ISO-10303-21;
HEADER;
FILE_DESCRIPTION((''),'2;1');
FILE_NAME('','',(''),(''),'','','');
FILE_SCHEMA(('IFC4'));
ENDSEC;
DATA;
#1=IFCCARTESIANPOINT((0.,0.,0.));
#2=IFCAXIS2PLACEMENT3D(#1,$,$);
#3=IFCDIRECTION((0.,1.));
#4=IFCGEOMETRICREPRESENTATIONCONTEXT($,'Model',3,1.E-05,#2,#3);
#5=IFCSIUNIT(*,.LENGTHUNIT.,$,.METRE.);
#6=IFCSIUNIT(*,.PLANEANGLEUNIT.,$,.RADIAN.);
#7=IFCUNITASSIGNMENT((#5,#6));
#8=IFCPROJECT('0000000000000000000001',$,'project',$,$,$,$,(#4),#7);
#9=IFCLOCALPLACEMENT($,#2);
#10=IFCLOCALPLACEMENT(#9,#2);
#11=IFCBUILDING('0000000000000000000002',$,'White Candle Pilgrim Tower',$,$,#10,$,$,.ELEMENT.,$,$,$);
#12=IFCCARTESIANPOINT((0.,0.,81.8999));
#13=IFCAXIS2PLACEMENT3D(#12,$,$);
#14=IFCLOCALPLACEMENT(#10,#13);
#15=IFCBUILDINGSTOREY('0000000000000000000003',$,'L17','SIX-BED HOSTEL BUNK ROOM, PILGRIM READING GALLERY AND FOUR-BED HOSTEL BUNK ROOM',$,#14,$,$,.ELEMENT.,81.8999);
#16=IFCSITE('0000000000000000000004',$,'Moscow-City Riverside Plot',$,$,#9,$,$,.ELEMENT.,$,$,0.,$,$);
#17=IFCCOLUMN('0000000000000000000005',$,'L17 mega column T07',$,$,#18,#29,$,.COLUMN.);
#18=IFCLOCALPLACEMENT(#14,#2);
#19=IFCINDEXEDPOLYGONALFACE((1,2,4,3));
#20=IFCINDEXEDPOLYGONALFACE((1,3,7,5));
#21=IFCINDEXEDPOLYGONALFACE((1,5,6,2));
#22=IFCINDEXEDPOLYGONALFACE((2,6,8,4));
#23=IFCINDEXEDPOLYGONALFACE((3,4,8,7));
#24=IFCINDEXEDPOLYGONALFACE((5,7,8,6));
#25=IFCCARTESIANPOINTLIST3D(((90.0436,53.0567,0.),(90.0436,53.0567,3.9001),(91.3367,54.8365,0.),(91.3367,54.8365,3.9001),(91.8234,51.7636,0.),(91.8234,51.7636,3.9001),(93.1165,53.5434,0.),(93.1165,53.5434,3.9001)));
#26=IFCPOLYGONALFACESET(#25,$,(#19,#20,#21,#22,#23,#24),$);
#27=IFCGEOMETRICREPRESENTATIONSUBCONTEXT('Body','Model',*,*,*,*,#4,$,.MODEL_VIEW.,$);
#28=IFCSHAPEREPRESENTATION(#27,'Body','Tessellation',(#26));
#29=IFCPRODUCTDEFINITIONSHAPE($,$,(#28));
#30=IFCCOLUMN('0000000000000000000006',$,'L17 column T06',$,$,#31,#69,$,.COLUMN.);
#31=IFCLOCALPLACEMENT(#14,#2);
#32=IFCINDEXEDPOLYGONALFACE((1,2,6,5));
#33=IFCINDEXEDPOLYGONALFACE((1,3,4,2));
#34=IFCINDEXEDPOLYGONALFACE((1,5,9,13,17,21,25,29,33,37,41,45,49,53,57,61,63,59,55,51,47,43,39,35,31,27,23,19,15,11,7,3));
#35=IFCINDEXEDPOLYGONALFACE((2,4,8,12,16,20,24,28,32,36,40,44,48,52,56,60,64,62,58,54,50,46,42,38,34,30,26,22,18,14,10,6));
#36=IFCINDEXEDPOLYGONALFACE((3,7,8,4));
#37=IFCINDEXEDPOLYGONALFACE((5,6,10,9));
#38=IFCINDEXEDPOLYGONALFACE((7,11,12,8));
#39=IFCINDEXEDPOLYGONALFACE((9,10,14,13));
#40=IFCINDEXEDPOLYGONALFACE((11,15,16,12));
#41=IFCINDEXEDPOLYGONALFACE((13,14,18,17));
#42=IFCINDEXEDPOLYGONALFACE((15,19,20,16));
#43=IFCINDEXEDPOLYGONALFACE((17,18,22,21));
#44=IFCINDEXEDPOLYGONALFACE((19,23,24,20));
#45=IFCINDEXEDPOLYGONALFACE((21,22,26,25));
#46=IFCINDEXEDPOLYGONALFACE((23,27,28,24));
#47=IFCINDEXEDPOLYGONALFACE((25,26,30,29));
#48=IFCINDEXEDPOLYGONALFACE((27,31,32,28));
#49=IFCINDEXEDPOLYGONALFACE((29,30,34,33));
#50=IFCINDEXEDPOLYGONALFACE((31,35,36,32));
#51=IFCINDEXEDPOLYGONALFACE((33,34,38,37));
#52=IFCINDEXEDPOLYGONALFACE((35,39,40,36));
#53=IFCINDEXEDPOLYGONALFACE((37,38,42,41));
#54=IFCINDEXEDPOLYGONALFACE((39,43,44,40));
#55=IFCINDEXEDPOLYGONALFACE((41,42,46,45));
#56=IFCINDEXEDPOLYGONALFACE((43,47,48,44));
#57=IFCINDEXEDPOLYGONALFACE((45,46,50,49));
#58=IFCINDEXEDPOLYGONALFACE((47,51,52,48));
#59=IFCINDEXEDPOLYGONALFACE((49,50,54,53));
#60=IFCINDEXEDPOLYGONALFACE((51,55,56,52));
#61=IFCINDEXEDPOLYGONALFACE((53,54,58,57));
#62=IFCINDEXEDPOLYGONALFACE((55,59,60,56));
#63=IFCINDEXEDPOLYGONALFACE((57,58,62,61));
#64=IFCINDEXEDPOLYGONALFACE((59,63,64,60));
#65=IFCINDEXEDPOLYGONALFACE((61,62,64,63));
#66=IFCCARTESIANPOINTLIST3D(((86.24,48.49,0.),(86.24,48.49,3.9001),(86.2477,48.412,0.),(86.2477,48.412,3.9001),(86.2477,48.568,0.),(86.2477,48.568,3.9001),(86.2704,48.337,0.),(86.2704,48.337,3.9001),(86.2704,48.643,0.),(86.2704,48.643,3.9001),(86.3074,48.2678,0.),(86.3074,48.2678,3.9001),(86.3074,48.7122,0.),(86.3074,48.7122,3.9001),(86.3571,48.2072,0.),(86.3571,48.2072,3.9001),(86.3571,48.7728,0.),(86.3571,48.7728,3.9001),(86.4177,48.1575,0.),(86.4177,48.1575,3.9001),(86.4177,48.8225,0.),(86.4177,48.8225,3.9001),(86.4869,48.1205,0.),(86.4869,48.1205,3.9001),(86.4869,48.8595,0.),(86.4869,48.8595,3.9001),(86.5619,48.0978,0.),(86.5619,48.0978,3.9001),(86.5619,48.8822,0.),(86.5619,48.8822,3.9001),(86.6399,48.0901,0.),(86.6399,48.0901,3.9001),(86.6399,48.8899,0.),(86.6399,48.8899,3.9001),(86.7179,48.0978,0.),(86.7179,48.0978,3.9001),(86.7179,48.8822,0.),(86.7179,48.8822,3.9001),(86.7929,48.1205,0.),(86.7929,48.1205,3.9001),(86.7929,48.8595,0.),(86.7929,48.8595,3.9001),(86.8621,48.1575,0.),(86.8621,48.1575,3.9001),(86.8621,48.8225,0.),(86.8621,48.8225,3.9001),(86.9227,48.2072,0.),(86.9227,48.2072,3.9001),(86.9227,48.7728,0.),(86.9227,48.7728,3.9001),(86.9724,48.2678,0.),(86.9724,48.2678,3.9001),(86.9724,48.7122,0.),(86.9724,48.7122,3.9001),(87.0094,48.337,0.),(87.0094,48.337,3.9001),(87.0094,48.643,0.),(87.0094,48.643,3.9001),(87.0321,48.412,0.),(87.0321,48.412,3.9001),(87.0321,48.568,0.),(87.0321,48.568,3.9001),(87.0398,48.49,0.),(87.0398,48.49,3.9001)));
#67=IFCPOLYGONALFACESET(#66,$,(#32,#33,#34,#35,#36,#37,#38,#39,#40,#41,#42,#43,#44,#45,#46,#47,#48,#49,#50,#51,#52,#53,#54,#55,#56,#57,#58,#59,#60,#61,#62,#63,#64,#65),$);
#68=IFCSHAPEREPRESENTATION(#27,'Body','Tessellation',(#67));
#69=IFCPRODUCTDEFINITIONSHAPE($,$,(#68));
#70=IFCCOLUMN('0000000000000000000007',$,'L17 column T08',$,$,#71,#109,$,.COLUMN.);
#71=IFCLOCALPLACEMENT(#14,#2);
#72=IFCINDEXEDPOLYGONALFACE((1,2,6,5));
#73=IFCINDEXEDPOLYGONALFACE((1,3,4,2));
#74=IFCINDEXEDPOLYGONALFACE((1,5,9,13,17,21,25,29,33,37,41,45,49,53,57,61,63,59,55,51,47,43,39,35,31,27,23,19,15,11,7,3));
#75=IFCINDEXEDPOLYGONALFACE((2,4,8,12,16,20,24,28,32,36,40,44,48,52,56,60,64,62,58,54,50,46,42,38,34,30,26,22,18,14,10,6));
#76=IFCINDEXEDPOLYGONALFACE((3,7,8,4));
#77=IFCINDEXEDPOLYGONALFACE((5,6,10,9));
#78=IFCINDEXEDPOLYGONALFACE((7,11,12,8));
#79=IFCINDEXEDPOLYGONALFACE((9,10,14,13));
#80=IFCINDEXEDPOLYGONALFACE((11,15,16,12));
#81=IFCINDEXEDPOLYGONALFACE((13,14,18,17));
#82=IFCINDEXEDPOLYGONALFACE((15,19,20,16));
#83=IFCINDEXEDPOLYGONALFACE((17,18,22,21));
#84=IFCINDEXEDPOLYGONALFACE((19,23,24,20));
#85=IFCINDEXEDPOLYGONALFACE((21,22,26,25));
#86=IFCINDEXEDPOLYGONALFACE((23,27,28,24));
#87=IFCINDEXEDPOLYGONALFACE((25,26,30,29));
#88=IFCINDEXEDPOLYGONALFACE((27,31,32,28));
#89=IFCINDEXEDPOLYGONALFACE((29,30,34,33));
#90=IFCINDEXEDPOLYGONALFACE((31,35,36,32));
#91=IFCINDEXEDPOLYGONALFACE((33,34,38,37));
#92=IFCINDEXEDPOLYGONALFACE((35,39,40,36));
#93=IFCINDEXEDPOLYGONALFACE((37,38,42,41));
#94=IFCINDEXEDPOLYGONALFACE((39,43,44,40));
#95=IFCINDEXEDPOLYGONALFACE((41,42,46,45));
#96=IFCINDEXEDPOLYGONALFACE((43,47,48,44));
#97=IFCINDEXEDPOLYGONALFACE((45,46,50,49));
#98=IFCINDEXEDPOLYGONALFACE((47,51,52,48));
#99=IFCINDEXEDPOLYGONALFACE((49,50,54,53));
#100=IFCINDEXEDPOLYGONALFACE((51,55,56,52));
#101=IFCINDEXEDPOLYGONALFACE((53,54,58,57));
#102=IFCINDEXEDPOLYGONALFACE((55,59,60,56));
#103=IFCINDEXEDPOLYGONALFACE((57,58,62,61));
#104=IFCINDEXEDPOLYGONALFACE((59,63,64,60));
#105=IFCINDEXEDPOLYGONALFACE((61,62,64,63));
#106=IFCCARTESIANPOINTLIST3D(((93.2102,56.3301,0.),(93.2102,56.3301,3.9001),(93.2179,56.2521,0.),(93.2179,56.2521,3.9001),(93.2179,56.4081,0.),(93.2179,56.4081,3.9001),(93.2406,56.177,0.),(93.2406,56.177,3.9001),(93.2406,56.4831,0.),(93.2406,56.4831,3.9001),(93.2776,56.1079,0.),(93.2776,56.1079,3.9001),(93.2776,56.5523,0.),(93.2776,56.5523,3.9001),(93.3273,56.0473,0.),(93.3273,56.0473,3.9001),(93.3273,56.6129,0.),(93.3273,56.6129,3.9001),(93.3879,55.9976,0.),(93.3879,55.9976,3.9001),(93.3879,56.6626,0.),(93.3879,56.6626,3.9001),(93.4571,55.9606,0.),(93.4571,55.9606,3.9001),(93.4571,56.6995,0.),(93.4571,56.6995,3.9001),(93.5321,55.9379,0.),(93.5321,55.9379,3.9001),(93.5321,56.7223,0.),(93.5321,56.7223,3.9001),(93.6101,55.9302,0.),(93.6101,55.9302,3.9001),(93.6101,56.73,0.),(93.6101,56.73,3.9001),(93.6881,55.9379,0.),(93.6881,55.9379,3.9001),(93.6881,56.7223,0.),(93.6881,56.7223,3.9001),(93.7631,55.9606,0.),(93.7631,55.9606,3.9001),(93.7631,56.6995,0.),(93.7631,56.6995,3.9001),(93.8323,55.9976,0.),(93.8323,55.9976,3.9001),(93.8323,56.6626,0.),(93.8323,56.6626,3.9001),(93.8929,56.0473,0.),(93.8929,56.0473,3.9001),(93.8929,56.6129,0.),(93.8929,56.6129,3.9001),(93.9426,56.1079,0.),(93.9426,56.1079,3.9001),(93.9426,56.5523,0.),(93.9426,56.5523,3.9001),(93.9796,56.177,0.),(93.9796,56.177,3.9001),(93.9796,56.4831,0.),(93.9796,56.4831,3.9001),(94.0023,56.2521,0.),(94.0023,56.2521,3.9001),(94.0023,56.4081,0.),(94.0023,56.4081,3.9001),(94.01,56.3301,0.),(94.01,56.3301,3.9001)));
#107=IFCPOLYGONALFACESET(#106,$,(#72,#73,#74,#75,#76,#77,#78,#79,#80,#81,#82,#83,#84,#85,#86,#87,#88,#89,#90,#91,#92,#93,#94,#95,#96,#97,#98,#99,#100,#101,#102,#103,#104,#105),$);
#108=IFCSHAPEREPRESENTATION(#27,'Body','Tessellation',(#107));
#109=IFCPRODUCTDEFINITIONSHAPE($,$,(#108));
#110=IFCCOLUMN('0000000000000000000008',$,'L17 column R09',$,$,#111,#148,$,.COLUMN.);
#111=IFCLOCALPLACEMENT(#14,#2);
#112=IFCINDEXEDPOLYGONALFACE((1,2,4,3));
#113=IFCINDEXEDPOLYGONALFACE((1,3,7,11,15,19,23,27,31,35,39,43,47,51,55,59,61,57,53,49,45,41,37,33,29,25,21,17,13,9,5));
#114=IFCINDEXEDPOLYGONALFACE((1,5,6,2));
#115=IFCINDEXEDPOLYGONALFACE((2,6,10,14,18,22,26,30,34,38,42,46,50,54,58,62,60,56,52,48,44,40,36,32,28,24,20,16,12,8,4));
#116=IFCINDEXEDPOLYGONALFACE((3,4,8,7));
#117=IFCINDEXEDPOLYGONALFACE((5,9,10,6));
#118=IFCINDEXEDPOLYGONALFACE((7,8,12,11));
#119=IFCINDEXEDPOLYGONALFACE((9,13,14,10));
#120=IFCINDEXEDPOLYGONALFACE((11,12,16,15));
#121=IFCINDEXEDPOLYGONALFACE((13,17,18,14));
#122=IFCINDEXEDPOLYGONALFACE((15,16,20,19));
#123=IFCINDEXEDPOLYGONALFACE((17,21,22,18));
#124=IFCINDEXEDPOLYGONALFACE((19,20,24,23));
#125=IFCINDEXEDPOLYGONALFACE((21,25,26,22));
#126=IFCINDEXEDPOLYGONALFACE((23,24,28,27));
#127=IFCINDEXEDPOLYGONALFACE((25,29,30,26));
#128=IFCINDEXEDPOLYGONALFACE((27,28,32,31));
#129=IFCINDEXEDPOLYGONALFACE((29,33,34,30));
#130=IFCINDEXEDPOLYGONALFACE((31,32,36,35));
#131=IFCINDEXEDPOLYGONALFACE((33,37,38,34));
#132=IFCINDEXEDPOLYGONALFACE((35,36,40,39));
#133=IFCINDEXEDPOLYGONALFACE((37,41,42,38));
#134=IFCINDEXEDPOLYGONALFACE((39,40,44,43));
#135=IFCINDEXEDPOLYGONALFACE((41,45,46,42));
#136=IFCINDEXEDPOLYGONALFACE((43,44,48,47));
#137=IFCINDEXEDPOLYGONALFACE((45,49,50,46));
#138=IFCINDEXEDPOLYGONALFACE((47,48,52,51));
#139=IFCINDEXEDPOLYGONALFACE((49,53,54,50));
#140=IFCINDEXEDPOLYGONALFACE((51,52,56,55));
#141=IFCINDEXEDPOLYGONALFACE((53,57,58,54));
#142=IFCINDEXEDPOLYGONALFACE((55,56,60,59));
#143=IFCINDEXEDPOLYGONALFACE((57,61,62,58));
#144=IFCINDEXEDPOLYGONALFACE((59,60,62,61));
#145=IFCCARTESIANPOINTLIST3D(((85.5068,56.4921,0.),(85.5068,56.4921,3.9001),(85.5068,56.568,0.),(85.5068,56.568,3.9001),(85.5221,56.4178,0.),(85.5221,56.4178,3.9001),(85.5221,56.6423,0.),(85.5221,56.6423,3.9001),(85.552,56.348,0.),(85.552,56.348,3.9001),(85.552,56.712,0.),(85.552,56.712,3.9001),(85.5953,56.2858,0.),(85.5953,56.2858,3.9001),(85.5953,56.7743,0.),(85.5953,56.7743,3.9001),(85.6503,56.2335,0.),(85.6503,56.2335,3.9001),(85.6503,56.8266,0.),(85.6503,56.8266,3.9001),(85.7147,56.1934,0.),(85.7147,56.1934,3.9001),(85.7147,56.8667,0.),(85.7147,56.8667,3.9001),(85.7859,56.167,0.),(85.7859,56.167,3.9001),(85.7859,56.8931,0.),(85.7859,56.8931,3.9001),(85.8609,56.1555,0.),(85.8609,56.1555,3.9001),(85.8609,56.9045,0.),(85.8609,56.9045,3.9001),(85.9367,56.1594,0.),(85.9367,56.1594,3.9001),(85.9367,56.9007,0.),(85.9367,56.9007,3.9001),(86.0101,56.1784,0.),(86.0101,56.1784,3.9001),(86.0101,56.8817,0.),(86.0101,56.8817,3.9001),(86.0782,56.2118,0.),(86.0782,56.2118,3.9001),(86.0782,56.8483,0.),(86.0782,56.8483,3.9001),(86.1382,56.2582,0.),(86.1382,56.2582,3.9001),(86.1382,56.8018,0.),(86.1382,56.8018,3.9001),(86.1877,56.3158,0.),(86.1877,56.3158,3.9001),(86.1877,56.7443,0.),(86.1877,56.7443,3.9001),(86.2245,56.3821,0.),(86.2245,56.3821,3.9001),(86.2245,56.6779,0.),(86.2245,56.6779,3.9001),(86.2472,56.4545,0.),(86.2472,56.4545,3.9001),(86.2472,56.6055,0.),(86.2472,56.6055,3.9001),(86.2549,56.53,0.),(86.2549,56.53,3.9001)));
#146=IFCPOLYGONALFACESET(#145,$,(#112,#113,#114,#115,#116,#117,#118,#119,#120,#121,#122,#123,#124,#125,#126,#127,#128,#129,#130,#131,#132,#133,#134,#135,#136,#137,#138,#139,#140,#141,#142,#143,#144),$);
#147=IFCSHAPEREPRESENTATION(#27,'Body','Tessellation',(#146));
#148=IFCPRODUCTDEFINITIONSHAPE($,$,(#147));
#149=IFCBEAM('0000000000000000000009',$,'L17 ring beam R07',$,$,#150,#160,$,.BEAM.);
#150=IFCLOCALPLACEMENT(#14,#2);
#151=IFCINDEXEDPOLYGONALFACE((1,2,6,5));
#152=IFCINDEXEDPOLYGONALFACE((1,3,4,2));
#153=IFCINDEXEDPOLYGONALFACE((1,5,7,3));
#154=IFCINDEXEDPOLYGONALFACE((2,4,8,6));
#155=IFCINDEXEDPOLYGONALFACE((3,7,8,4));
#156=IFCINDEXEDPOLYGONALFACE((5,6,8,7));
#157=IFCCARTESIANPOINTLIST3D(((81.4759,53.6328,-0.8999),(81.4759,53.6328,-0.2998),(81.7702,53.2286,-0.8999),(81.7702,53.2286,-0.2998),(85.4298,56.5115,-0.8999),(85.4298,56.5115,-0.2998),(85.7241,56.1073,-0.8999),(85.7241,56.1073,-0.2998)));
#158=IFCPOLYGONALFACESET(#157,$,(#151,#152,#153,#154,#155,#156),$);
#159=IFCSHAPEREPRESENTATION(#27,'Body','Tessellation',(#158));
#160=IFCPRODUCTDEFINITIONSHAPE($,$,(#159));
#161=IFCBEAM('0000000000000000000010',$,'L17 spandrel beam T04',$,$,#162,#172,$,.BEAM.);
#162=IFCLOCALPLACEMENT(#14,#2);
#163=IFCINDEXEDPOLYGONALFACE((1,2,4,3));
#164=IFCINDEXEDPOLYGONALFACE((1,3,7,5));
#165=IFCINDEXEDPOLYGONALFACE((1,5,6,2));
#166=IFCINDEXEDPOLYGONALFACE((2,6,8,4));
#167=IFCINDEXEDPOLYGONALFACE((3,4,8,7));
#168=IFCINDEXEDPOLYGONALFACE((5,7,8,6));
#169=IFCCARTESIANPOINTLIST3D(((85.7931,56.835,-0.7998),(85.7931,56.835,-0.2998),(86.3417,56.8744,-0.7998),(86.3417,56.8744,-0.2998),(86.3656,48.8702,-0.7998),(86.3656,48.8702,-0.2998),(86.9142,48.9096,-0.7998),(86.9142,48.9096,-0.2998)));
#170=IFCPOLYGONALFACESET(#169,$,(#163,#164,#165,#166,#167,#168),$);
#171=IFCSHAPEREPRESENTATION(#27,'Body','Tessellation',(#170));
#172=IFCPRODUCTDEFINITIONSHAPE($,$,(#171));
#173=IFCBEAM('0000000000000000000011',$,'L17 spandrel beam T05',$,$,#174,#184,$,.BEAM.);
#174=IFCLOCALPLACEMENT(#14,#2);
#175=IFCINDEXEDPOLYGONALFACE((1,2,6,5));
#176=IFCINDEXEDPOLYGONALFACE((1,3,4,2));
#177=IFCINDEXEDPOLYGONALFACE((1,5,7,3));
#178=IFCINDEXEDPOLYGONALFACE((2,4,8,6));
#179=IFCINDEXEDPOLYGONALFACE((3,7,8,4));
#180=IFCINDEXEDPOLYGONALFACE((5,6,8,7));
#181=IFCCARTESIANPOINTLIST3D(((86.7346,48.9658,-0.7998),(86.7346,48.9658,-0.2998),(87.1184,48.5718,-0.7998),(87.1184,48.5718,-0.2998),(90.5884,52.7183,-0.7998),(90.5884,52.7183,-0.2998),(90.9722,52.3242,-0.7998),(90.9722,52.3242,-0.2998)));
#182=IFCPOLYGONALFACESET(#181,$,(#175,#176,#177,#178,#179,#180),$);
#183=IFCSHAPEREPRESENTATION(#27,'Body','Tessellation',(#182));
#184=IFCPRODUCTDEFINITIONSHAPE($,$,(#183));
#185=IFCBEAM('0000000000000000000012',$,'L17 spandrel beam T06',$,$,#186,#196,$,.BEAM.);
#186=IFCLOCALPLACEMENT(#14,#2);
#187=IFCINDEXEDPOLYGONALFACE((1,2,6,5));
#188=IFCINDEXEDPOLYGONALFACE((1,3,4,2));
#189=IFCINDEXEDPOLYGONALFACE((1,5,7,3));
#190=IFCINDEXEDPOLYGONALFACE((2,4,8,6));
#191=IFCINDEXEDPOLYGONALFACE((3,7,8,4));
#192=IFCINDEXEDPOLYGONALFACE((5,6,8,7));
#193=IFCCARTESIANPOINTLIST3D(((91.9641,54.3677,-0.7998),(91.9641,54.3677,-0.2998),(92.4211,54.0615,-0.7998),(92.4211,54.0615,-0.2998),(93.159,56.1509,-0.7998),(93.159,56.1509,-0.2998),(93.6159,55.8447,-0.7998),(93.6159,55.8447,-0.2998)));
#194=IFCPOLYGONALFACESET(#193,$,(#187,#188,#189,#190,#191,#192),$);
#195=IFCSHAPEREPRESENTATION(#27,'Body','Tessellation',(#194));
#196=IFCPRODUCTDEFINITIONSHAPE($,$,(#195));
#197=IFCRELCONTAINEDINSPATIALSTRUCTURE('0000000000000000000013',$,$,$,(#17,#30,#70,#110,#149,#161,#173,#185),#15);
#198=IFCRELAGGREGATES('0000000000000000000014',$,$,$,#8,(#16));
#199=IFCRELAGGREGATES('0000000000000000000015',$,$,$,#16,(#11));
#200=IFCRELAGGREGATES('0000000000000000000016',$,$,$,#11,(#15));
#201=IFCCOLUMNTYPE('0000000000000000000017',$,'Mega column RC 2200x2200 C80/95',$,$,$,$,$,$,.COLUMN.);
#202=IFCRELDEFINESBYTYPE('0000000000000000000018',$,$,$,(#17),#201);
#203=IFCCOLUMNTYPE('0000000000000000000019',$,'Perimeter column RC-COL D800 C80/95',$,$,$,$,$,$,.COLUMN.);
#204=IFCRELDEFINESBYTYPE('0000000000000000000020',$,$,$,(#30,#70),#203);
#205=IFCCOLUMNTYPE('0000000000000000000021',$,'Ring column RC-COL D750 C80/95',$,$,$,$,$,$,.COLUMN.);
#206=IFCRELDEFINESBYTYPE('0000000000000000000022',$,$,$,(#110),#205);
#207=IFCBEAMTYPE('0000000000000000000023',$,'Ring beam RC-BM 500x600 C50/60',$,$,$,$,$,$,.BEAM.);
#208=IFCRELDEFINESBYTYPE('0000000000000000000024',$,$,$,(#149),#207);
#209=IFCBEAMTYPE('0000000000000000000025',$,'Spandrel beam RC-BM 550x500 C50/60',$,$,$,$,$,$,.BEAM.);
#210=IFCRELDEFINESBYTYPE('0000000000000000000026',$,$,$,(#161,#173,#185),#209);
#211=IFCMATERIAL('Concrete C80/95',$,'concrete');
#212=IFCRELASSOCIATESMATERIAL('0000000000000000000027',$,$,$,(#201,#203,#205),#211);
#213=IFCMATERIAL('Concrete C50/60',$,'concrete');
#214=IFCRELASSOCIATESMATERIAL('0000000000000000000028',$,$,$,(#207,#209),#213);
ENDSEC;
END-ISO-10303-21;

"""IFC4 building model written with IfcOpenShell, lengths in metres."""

from ifc_helpers import new_model, si_unit, direction, frame, origin, origin_2d, place, context, subcontext, project, spatial, rectangle, circle, extrude, material, material_profile, profile_set, type_object, element, save


model = new_model("IFC4")

# Units and contexts
model_context = context("Model", 3, precision=1e-05, world=origin(), true_north=direction((0.0, 1.0)))
body_context = subcontext(model_context, "Body", "Model", "MODEL_VIEW")
ifc_project = project(units=[si_unit("LENGTHUNIT", "METRE"), si_unit("PLANEANGLEUNIT", "RADIAN")], contexts=[model_context])

# Site, building, storey
site_placement = place(None, origin())
site = spatial("IfcSite", under=ifc_project, at=site_placement, Name="Moscow-City Riverside Plot", CompositionType="ELEMENT", RefElevation=0.0)
building_placement = place(site_placement, origin())
building = spatial("IfcBuilding", under=site, at=building_placement, Name="White Candle Pilgrim Tower", CompositionType="ELEMENT")
storey_placement = place(building_placement, frame((0.0, 0.0, 81.8999)))
storey = spatial("IfcBuildingStorey", under=building, at=storey_placement, Name="L17", Description="SIX-BED HOSTEL BUNK ROOM, PILGRIM READING GALLERY AND FOUR-BED HOSTEL BUNK ROOM", CompositionType="ELEMENT", Elevation=81.8999)

# Columns
ifc_material_1 = material(Name="Concrete C80/95", Category="concrete")
ifc_material_profile_1 = material_profile(ifc_material_1, rectangle(XDim=2.2, YDim=2.2, at=origin_2d()), Name="RC 2200x2200")
ifc_profile_set_1 = profile_set([ifc_material_profile_1], Name="Concrete C80/95")
column_type_1 = type_object("IfcColumnType", Name="Mega column RC 2200x2200 C80/95", PredefinedType="COLUMN", material=ifc_profile_set_1)
column_1_placement = place(storey_placement, frame((91.5801, 53.3, 0.0), z_axis=(0.0, 0.0, 1.0), x_axis=(0.809017, -0.587785, 0.0)))
element("IfcColumn", 1, at=column_1_placement, inside=storey, type_object=column_type_1, Name="L17 mega column T07", PredefinedType="COLUMN", context=body_context, shape_type="SweptSolid", body=[
    extrude(rectangle(XDim=2.2, YDim=2.2, at=origin_2d()), origin(), (0.0, 0.0, 1.0), 3.9001),
])
ifc_material_profile_2 = material_profile(ifc_material_1, circle(Radius=0.3999, at=origin_2d()), Name="RC-COL D800")
ifc_profile_set_2 = profile_set([ifc_material_profile_2], Name="Concrete C80/95")
column_type_2 = type_object("IfcColumnType", Name="Perimeter column RC-COL D800 C80/95", PredefinedType="COLUMN", material=ifc_profile_set_2)
for number, where, z_axis, x_axis, name in (
    (2, (86.6399, 48.49, 0.0), (0.0, 0.0, 1.0), (1.0, 0.0, 0.0), "L17 column T06"),
    (3, (93.6101, 56.3301, 0.0), (0.0, 0.0, 1.0), (1.0, 0.0, 0.0), "L17 column T08"),
):
    element("IfcColumn", number, at=place(storey_placement, frame(where, z_axis=z_axis, x_axis=x_axis)), inside=storey, type_object=column_type_2, Name=name, PredefinedType="COLUMN", context=body_context, shape_type="SweptSolid", body=[
        extrude(circle(Radius=0.3999, at=origin_2d()), origin(), (0.0, 0.0, 1.0), 3.9001),
    ])
ifc_material_profile_3 = material_profile(ifc_material_1, circle(Radius=0.375, at=origin_2d()), Name="RC-COL D750")
ifc_profile_set_3 = profile_set([ifc_material_profile_3], Name="Concrete C80/95")
column_type_3 = type_object("IfcColumnType", Name="Ring column RC-COL D750 C80/95", PredefinedType="COLUMN", material=ifc_profile_set_3)
column_2_placement = place(storey_placement, frame((85.8799, 56.53, 0.0), z_axis=(0.0, 0.0, 1.0), x_axis=(1.0, 0.0, 0.0)))
element("IfcColumn", 4, at=column_2_placement, inside=storey, type_object=column_type_3, Name="L17 column R09", PredefinedType="COLUMN", context=body_context, shape_type="SweptSolid", body=[
    extrude(circle(Radius=0.375, at=origin_2d()), origin(), (0.0, 0.0, 1.0), 3.9001),
])

# Beams
ifc_material_2 = material(Name="Concrete C50/60", Category="concrete")
ifc_material_profile_4 = material_profile(ifc_material_2, rectangle(XDim=0.5, YDim=0.6001, at=origin_2d()), Name="RC-BM 500x600")
ifc_profile_set_4 = profile_set([ifc_material_profile_4], Name="Concrete C50/60")
beam_type_1 = type_object("IfcBeamType", Name="Ring beam RC-BM 500x600 C50/60", PredefinedType="BEAM", material=ifc_profile_set_4)
beam_1_placement = place(storey_placement, frame((81.623, 53.4307, -0.5999), z_axis=(0.808432, 0.58859, 0.0), x_axis=(-0.58859, 0.808432, 0.0)))
element("IfcBeam", 5, at=beam_1_placement, inside=storey, type_object=beam_type_1, Name="L17 ring beam R07", PredefinedType="BEAM", context=body_context, shape_type="SweptSolid", body=[
    extrude(rectangle(XDim=0.5, YDim=0.6001, at=origin_2d()), origin(), (0.0, 0.0, 1.0), 4.8909),
])
ifc_material_profile_5 = material_profile(ifc_material_2, rectangle(XDim=0.55, YDim=0.5, at=origin_2d()), Name="RC-BM 550x500")
ifc_profile_set_5 = profile_set([ifc_material_profile_5], Name="Concrete C50/60")
beam_type_2 = type_object("IfcBeamType", Name="Spandrel beam RC-BM 550x500 C50/60", PredefinedType="BEAM", material=ifc_profile_set_5)
beam_2_placement = place(storey_placement, frame((86.6399, 48.8899, -0.5498), z_axis=(-0.071695, 0.997427, 0.0), x_axis=(-0.997427, -0.071695, 0.0)))
element("IfcBeam", 6, at=beam_2_placement, inside=storey, type_object=beam_type_2, Name="L17 spandrel beam T04", PredefinedType="BEAM", context=body_context, shape_type="SweptSolid", body=[
    extrude(rectangle(XDim=0.55, YDim=0.5, at=origin_2d()), origin(), (0.0, 0.0, 1.0), 7.9854),
])
beam_3_placement = place(storey_placement, frame((86.9265, 48.7688, -0.5498), z_axis=(0.716462, 0.697626, 0.0), x_axis=(-0.697626, 0.716462, 0.0)))
element("IfcBeam", 7, at=beam_3_placement, inside=storey, type_object=beam_type_2, Name="L17 spandrel beam T05", PredefinedType="BEAM", context=body_context, shape_type="SweptSolid", body=[
    extrude(rectangle(XDim=0.55, YDim=0.5, at=origin_2d()), origin(), (0.0, 0.0, 1.0), 5.3789),
])
beam_4_placement = place(storey_placement, frame((92.1926, 54.2146, -0.5498), z_axis=(0.556641, 0.830753, 0.0), x_axis=(-0.830753, 0.556641, 0.0)))
element("IfcBeam", 8, at=beam_4_placement, inside=storey, type_object=beam_type_2, Name="L17 spandrel beam T06", PredefinedType="BEAM", context=body_context, shape_type="SweptSolid", body=[
    extrude(rectangle(XDim=0.55, YDim=0.5, at=origin_2d()), origin(), (0.0, 0.0, 1.0), 2.1465),
])

save(model, "model.ifc")
